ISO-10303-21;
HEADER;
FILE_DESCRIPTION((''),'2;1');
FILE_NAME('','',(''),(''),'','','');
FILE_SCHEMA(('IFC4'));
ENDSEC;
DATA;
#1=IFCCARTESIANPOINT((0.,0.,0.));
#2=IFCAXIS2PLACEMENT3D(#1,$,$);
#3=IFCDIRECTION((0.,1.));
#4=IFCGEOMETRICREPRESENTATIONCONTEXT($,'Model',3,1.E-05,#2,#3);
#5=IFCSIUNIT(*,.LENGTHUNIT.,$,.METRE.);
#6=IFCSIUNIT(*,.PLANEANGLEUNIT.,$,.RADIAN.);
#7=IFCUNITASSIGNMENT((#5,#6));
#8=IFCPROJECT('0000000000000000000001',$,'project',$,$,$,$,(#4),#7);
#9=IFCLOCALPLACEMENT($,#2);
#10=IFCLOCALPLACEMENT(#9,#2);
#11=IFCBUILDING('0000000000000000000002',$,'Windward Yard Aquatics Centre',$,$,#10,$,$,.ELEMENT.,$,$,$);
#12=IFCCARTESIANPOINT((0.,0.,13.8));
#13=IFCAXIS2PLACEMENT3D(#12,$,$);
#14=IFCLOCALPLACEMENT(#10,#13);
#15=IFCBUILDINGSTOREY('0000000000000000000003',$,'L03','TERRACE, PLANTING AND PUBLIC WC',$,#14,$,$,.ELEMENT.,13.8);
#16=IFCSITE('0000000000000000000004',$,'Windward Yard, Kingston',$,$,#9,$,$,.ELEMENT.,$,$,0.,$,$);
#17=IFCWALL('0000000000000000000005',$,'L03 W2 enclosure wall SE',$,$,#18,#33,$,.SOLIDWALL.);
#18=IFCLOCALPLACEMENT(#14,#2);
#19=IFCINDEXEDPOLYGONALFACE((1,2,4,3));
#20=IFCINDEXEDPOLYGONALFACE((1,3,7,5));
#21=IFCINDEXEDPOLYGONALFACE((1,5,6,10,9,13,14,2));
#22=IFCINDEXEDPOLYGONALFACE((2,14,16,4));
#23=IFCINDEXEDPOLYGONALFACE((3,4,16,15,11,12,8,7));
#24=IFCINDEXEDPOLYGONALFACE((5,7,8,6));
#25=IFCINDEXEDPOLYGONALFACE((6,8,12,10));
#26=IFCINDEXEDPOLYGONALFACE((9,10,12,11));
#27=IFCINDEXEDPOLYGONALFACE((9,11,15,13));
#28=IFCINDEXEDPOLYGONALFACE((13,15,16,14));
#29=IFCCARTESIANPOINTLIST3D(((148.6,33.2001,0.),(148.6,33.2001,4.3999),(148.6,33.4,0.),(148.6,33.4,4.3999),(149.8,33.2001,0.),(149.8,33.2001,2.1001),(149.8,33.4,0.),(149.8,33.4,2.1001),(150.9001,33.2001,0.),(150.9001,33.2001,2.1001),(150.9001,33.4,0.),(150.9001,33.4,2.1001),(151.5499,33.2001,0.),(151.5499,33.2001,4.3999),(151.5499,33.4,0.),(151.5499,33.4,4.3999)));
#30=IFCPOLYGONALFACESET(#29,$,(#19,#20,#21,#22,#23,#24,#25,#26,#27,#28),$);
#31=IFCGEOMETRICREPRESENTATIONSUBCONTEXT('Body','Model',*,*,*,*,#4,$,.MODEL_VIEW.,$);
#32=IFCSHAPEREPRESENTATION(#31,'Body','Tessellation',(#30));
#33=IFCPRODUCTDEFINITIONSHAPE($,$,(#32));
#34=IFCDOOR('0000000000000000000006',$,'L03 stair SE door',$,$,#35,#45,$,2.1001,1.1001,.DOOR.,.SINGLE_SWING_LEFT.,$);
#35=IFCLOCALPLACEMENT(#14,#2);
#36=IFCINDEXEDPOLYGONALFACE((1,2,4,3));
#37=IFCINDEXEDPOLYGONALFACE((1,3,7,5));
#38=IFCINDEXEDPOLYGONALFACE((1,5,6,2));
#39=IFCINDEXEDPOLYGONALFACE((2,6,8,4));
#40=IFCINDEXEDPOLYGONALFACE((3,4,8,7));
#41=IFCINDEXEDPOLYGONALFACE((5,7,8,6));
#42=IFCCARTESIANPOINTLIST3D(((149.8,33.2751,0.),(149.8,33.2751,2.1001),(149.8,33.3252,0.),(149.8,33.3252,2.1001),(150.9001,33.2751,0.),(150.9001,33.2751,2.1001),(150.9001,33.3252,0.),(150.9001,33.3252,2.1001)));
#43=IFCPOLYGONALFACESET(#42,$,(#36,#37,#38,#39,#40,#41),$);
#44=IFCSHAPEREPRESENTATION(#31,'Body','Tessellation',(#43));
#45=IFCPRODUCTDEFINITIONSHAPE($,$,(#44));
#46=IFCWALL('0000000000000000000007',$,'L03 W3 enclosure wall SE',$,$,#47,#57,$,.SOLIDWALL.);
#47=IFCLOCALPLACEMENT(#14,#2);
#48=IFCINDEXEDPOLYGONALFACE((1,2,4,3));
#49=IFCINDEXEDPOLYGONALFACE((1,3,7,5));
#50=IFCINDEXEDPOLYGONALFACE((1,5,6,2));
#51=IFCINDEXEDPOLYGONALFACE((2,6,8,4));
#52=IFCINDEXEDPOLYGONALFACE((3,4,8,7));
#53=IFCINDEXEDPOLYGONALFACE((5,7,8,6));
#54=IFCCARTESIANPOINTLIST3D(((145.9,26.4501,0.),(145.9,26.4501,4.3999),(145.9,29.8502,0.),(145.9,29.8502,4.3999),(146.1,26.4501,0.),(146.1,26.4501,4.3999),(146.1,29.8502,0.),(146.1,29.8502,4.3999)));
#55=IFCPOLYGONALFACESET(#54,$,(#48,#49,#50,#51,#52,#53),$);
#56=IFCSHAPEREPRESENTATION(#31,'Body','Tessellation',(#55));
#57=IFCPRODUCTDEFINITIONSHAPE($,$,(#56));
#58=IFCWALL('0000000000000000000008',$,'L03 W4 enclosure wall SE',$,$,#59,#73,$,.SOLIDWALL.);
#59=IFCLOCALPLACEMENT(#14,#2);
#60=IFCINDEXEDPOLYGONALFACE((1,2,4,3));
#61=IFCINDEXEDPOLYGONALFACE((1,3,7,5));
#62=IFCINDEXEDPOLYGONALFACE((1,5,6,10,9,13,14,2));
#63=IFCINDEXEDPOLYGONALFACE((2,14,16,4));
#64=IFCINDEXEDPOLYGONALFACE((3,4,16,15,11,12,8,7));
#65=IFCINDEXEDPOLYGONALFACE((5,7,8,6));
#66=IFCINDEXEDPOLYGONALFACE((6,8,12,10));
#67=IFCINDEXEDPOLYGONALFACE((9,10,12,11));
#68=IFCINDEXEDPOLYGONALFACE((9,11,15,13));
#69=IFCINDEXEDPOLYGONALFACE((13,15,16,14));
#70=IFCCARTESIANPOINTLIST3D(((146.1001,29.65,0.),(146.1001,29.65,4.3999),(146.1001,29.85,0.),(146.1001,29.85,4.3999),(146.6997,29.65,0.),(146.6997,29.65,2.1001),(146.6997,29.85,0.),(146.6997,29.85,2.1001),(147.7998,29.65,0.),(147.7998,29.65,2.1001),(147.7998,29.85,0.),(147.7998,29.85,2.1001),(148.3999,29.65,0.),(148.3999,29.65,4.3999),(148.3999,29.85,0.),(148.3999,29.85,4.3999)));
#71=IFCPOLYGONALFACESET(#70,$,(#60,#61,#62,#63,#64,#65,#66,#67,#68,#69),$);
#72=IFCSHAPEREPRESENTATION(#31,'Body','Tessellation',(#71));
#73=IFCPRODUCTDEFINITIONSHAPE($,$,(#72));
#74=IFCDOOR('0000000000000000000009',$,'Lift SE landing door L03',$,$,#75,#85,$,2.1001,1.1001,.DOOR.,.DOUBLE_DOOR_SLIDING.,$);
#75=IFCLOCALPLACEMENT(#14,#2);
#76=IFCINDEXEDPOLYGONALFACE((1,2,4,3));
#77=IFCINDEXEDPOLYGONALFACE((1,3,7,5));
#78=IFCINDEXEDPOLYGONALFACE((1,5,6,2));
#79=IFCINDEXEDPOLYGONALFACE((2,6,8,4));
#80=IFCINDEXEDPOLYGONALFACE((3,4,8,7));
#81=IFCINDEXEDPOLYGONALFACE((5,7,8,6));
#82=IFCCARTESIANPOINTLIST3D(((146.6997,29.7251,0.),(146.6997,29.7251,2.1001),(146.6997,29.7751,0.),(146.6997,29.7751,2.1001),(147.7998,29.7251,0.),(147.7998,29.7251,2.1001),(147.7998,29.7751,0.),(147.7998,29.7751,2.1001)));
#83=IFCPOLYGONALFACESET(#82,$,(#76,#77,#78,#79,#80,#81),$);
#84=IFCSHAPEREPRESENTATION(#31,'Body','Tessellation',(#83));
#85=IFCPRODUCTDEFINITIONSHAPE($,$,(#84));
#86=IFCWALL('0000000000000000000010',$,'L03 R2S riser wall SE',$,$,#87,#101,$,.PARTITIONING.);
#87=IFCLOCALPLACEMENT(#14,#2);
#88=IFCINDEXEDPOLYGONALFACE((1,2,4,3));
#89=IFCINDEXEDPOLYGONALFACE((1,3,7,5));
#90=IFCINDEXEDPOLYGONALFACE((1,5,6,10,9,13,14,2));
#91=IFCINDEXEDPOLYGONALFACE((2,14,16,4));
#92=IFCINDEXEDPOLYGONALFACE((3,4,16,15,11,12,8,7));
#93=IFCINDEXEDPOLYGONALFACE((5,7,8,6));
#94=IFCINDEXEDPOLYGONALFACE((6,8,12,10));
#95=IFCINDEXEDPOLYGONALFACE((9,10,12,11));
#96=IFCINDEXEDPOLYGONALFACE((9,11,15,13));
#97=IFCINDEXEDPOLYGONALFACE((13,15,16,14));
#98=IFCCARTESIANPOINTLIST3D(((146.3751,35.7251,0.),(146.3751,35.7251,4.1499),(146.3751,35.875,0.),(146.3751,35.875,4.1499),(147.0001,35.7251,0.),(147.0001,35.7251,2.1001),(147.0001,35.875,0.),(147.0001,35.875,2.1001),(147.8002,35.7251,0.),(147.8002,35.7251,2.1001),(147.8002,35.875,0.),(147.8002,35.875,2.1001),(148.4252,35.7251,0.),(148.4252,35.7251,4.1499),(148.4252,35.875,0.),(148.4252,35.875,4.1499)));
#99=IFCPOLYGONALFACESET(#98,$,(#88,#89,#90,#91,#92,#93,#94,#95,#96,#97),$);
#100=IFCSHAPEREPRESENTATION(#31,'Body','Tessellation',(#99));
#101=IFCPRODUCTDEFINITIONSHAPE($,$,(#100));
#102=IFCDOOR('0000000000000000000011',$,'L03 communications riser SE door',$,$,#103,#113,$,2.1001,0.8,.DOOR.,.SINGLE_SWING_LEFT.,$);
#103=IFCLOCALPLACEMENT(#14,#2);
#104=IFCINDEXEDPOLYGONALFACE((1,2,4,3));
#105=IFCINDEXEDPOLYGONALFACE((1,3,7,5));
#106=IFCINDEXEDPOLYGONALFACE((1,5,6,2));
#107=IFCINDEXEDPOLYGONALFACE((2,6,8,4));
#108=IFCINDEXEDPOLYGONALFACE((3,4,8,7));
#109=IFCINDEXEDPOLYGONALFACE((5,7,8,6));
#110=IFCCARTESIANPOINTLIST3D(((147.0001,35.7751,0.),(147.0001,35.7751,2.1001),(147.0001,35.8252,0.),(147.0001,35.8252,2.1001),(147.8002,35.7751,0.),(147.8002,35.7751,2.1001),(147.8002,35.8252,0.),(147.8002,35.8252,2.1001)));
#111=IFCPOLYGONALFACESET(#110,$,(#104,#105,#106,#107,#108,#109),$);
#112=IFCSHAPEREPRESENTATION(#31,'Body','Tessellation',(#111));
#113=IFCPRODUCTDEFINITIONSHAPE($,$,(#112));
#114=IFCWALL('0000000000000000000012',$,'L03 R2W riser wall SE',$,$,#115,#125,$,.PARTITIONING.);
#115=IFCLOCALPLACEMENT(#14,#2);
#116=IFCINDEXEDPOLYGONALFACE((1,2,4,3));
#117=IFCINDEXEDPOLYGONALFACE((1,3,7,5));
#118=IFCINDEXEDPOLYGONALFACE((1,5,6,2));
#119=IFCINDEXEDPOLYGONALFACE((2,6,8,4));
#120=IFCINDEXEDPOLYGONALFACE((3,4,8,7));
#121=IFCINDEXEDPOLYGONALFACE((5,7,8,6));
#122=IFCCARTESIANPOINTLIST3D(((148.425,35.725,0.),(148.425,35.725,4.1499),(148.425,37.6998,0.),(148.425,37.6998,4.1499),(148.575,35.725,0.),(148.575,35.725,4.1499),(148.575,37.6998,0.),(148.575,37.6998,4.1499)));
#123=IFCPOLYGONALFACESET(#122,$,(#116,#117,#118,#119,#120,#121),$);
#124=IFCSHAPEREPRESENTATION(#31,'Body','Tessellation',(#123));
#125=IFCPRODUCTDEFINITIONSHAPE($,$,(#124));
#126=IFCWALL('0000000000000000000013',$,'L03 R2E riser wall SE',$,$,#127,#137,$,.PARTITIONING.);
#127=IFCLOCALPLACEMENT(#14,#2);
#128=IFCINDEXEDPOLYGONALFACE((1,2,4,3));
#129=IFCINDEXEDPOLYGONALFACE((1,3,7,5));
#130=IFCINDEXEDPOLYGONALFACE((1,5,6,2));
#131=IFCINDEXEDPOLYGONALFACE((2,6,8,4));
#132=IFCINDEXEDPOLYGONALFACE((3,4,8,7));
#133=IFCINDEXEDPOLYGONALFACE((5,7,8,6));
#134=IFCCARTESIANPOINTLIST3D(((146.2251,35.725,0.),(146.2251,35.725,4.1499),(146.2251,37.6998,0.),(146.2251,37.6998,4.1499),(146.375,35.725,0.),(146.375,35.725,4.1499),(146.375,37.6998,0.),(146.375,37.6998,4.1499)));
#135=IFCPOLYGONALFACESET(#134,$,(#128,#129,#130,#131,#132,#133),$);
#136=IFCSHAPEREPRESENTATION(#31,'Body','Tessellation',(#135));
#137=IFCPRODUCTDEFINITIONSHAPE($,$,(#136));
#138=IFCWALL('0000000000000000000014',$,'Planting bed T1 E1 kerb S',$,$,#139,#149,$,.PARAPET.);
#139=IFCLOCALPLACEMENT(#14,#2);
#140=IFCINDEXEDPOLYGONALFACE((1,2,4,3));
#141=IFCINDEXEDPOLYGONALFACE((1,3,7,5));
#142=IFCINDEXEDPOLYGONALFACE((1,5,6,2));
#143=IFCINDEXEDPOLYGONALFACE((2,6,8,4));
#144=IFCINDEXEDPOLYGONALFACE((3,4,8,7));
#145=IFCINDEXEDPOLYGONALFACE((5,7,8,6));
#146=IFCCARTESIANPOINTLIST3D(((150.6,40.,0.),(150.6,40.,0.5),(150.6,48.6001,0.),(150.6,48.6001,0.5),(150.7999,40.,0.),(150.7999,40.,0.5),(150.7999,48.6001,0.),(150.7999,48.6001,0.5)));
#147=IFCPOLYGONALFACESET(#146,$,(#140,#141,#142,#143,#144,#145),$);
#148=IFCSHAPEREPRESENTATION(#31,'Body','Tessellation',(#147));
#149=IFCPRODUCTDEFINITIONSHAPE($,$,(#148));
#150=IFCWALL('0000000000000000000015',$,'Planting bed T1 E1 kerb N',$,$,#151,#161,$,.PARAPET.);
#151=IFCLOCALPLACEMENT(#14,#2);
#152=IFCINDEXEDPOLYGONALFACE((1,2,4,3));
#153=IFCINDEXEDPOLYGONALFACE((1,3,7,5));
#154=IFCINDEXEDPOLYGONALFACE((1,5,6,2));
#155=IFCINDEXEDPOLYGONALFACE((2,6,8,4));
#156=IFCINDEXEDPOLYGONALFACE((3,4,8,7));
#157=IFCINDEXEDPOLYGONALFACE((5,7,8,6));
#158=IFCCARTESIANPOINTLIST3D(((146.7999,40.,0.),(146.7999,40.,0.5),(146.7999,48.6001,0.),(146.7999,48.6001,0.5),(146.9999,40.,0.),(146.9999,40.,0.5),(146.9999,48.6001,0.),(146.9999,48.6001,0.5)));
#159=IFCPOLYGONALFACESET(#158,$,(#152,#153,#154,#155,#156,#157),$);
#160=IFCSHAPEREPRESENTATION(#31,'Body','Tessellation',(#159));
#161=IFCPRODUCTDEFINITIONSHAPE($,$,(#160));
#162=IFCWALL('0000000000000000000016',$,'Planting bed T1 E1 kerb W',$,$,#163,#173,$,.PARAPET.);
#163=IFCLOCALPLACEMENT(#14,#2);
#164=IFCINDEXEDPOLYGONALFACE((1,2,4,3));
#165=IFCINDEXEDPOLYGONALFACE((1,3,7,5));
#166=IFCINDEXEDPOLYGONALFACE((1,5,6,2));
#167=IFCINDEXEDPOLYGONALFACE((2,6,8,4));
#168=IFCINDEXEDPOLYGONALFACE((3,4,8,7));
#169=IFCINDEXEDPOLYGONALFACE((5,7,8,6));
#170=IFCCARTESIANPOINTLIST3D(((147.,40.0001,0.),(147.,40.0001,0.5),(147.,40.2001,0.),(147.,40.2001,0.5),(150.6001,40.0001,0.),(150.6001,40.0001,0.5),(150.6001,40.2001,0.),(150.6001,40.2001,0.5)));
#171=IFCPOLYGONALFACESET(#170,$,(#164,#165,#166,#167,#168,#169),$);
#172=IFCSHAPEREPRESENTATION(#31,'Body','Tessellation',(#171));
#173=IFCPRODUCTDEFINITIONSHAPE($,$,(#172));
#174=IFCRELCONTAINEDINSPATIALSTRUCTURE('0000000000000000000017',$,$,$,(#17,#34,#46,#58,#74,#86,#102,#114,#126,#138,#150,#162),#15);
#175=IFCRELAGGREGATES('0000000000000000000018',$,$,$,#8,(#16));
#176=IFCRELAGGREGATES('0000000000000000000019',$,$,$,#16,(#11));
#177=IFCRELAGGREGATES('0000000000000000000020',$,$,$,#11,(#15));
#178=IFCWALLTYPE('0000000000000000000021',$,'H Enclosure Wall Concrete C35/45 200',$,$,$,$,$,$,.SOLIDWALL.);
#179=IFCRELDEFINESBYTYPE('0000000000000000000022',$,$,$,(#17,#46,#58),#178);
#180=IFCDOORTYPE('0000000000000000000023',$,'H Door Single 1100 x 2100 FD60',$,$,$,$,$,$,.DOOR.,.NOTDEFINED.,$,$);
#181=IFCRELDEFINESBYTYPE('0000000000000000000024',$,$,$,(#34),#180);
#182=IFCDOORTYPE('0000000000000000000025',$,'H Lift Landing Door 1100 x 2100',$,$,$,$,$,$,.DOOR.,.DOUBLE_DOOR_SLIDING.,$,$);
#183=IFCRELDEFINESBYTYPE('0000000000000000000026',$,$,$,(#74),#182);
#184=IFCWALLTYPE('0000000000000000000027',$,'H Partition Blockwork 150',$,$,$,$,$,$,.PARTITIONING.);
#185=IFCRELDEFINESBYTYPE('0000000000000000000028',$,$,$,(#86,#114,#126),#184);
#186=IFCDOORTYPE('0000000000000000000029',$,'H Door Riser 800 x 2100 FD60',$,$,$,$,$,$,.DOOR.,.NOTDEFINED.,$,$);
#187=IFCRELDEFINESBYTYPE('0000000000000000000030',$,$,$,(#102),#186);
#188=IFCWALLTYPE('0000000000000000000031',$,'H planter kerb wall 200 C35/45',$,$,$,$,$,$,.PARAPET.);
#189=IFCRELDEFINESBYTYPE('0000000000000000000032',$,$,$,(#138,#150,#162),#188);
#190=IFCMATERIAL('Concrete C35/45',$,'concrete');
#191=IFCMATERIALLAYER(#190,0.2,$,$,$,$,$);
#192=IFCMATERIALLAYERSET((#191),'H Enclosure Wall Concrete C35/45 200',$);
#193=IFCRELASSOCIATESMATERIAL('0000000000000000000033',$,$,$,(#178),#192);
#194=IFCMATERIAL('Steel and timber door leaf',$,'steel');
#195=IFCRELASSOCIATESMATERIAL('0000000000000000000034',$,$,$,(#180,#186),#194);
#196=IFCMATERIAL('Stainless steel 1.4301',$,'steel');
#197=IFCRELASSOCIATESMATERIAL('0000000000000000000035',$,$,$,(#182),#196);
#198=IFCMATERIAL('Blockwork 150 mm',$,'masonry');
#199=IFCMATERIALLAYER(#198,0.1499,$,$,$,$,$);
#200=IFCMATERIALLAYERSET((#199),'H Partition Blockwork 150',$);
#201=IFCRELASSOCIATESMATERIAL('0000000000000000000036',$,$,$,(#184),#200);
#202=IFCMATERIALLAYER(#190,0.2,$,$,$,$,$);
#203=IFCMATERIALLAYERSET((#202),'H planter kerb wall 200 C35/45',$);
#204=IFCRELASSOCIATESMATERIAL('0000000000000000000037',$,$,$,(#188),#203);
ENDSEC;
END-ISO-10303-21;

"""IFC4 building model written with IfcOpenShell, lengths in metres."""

from ifc_helpers import new_model, si_unit, direction, frame, frame_2d, origin, place, context, subcontext, project, spatial, rectangle, extrude, material, layer, layer_set, type_object, element, fill, save


model = new_model("IFC4")

# Units and contexts
model_context = context("Model", 3, precision=1e-05, world=origin(), true_north=direction((0.0, 1.0)))
body_context = subcontext(model_context, "Body", "Model", "MODEL_VIEW")
ifc_project = project(units=[si_unit("LENGTHUNIT", "METRE"), si_unit("PLANEANGLEUNIT", "RADIAN")], contexts=[model_context])

# Site, building, storey
site_placement = place(None, origin())
site = spatial("IfcSite", under=ifc_project, at=site_placement, Name="Windward Yard, Kingston", CompositionType="ELEMENT", RefElevation=0.0)
building_placement = place(site_placement, origin())
building = spatial("IfcBuilding", under=site, at=building_placement, Name="Windward Yard Aquatics Centre", CompositionType="ELEMENT")
storey_placement = place(building_placement, frame((0.0, 0.0, 13.8)))
storey = spatial("IfcBuildingStorey", under=building, at=storey_placement, Name="L03", Description="TERRACE, PLANTING AND PUBLIC WC", CompositionType="ELEMENT", Elevation=13.8)

# Shared definitions
ifc_material_1 = material(Name="Concrete C35/45", Category="concrete")
ifc_layer_1 = layer(ifc_material_1, 0.2)
ifc_layer_set_1 = layer_set([ifc_layer_1], Name="H Enclosure Wall Concrete C35/45 200")
wall_type_1 = type_object("IfcWallType", Name="H Enclosure Wall Concrete C35/45 200", PredefinedType="SOLIDWALL", material=ifc_layer_set_1)

# Wall, opening, door
wall_1_placement = place(storey_placement, frame((151.55, 33.3, 0.0), z_axis=(0.0, 0.0, 1.0), x_axis=(-1.0, 0.0, 0.0)))
wall_1 = element("IfcWall", 1, at=wall_1_placement, inside=storey, type_object=wall_type_1, Name="L03 W2 enclosure wall SE", PredefinedType="SOLIDWALL", context=body_context, shape_type="SweptSolid", body=[
    extrude(rectangle(XDim=2.95, YDim=0.2, at=frame_2d((1.4751, 0.0))), origin(), (0.0, 0.0, 1.0), 4.3999),
])
opening_1_placement = place(wall_1_placement, frame((0.6499, 0.0, 0.0)))
opening_1 = element("IfcOpeningElement", 2, at=opening_1_placement, cuts=wall_1, PredefinedType="OPENING", context=body_context, shape_type="SweptSolid", body=[
    extrude(rectangle(XDim=1.1001, YDim=2.1001, at=frame_2d((0.55, 1.05))), frame((0.0, 0.1099, 0.0), z_axis=(0.0, -1.0, 0.0), x_axis=(1.0, 0.0, 0.0)), (0.0, 0.0, 1.0), 0.22),
])
ifc_material_2 = material(Name="Steel and timber door leaf", Category="steel")
door_type_1 = type_object("IfcDoorType", Name="H Door Single 1100 x 2100 FD60", OperationType="NOTDEFINED", PredefinedType="DOOR", material=ifc_material_2)
door_1_placement = place(opening_1_placement, origin())
door_1 = element("IfcDoor", 3, at=door_1_placement, inside=storey, type_object=door_type_1, Name="L03 stair SE door", OperationType="SINGLE_SWING_LEFT", OverallHeight=2.1001, OverallWidth=1.1001, PredefinedType="DOOR", context=body_context, shape_type="SweptSolid", body=[
    extrude(rectangle(XDim=1.1001, YDim=2.1001, at=frame_2d((0.55, 1.05))), frame((0.0, 0.0249, 0.0), z_axis=(0.0, -1.0, 0.0), x_axis=(1.0, 0.0, 0.0)), (0.0, 0.0, 1.0), 0.05),
])
fill(opening_1, door_1)

# Wall
wall_2_placement = place(storey_placement, frame((146.0, 26.45, 0.0), z_axis=(0.0, 0.0, 1.0), x_axis=(0.0, 1.0, 0.0)))
element("IfcWall", 4, at=wall_2_placement, inside=storey, type_object=wall_type_1, Name="L03 W3 enclosure wall SE", PredefinedType="SOLIDWALL", context=body_context, shape_type="SweptSolid", body=[
    extrude(rectangle(XDim=3.4001, YDim=0.2, at=frame_2d((1.7002, 0.0))), origin(), (0.0, 0.0, 1.0), 4.3999),
])

# Walls, openings, doors
wall_3_placement = place(storey_placement, frame((148.3999, 29.75, 0.0), z_axis=(0.0, 0.0, 1.0), x_axis=(-1.0, 0.0, 0.0)))
wall_3 = element("IfcWall", 5, at=wall_3_placement, inside=storey, type_object=wall_type_1, Name="L03 W4 enclosure wall SE", PredefinedType="SOLIDWALL", context=body_context, shape_type="SweptSolid", body=[
    extrude(rectangle(XDim=2.2998, YDim=0.2, at=frame_2d((1.1499, 0.0))), origin(), (0.0, 0.0, 1.0), 4.3999),
])
opening_2_placement = place(wall_3_placement, frame((0.6001, 0.0, 0.0)))
opening_2 = element("IfcOpeningElement", 6, at=opening_2_placement, cuts=wall_3, PredefinedType="OPENING", context=body_context, shape_type="SweptSolid", body=[
    extrude(rectangle(XDim=1.1001, YDim=2.1001, at=frame_2d((0.55, 1.05))), frame((0.0, 0.1099, 0.0), z_axis=(0.0, -1.0, 0.0), x_axis=(1.0, 0.0, 0.0)), (0.0, 0.0, 1.0), 0.22),
])
ifc_material_3 = material(Name="Stainless steel 1.4301", Category="steel")
door_type_2 = type_object("IfcDoorType", Name="H Lift Landing Door 1100 x 2100", OperationType="DOUBLE_DOOR_SLIDING", PredefinedType="DOOR", material=ifc_material_3)
door_2_placement = place(opening_2_placement, origin())
door_2 = element("IfcDoor", 7, at=door_2_placement, inside=storey, type_object=door_type_2, Name="Lift SE landing door L03", OperationType="DOUBLE_DOOR_SLIDING", OverallHeight=2.1001, OverallWidth=1.1001, PredefinedType="DOOR", context=body_context, shape_type="SweptSolid", body=[
    extrude(rectangle(XDim=1.1001, YDim=2.1001, at=frame_2d((0.55, 1.05))), frame((0.0, 0.0249, 0.0), z_axis=(0.0, -1.0, 0.0), x_axis=(1.0, 0.0, 0.0)), (0.0, 0.0, 1.0), 0.05),
])
fill(opening_2, door_2)
ifc_material_4 = material(Name="Blockwork 150 mm", Category="masonry")
ifc_layer_2 = layer(ifc_material_4, 0.1499)
ifc_layer_set_2 = layer_set([ifc_layer_2], Name="H Partition Blockwork 150")
wall_type_2 = type_object("IfcWallType", Name="H Partition Blockwork 150", PredefinedType="PARTITIONING", material=ifc_layer_set_2)
wall_4_placement = place(storey_placement, frame((148.425, 35.8, 0.0), z_axis=(0.0, 0.0, 1.0), x_axis=(-1.0, 0.0, 0.0)))
wall_4 = element("IfcWall", 8, at=wall_4_placement, inside=storey, type_object=wall_type_2, Name="L03 R2S riser wall SE", PredefinedType="PARTITIONING", context=body_context, shape_type="SweptSolid", body=[
    extrude(rectangle(XDim=2.05, YDim=0.1499, at=frame_2d((1.0249, 0.0))), origin(), (0.0, 0.0, 1.0), 4.1499),
])
opening_3_placement = place(wall_4_placement, frame((0.625, 0.0, 0.0)))
opening_3 = element("IfcOpeningElement", 9, at=opening_3_placement, cuts=wall_4, PredefinedType="OPENING", context=body_context, shape_type="SweptSolid", body=[
    extrude(rectangle(XDim=0.8, YDim=2.1001, at=frame_2d((0.3999, 1.05))), frame((0.0, 0.085, 0.0), z_axis=(0.0, -1.0, 0.0), x_axis=(1.0, 0.0, 0.0)), (0.0, 0.0, 1.0), 0.1699),
])
door_type_3 = type_object("IfcDoorType", Name="H Door Riser 800 x 2100 FD60", OperationType="NOTDEFINED", PredefinedType="DOOR", material=ifc_material_2)
door_3_placement = place(opening_3_placement, origin())
door_3 = element("IfcDoor", 10, at=door_3_placement, inside=storey, type_object=door_type_3, Name="L03 communications riser SE door", OperationType="SINGLE_SWING_LEFT", OverallHeight=2.1001, OverallWidth=0.8, PredefinedType="DOOR", context=body_context, shape_type="SweptSolid", body=[
    extrude(rectangle(XDim=0.8, YDim=2.1001, at=frame_2d((0.3999, 1.05))), frame((0.0, 0.0249, 0.0), z_axis=(0.0, -1.0, 0.0), x_axis=(1.0, 0.0, 0.0)), (0.0, 0.0, 1.0), 0.05),
])
fill(opening_3, door_3)

# Walls
for number, where, z_axis, x_axis, name in (
    (11, (148.5, 35.7251, 0.0), (0.0, 0.0, 1.0), (0.0, 1.0, 0.0), "L03 R2W riser wall SE"),
    (12, (146.3, 35.7251, 0.0), (0.0, 0.0, 1.0), (0.0, 1.0, 0.0), "L03 R2E riser wall SE"),
):
    element("IfcWall", number, at=place(storey_placement, frame(where, z_axis=z_axis, x_axis=x_axis)), inside=storey, type_object=wall_type_2, Name=name, PredefinedType="PARTITIONING", context=body_context, shape_type="SweptSolid", body=[
        extrude(rectangle(XDim=1.9749, YDim=0.1499, at=frame_2d((0.9873, 0.0))), origin(), (0.0, 0.0, 1.0), 4.1499),
    ])
ifc_layer_3 = layer(ifc_material_1, 0.2)
ifc_layer_set_3 = layer_set([ifc_layer_3], Name="H planter kerb wall 200 C35/45")
wall_type_3 = type_object("IfcWallType", Name="H planter kerb wall 200 C35/45", PredefinedType="PARAPET", material=ifc_layer_set_3)
for number, where, z_axis, x_axis, name in (
    (13, (150.7, 40.0, 0.0), (0.0, 0.0, 1.0), (0.0, 1.0, 0.0), "Planting bed T1 E1 kerb S"),
    (14, (146.8999, 40.0, 0.0), (0.0, 0.0, 1.0), (0.0, 1.0, 0.0), "Planting bed T1 E1 kerb N"),
):
    element("IfcWall", number, at=place(storey_placement, frame(where, z_axis=z_axis, x_axis=x_axis)), inside=storey, type_object=wall_type_3, Name=name, PredefinedType="PARAPET", context=body_context, shape_type="SweptSolid", body=[
        extrude(rectangle(XDim=8.6001, YDim=0.2, at=frame_2d((4.3, 0.0))), origin(), (0.0, 0.0, 1.0), 0.5),
    ])
wall_5_placement = place(storey_placement, frame((150.6001, 40.1001, 0.0), z_axis=(0.0, 0.0, 1.0), x_axis=(-1.0, 0.0, 0.0)))
element("IfcWall", 15, at=wall_5_placement, inside=storey, type_object=wall_type_3, Name="Planting bed T1 E1 kerb W", PredefinedType="PARAPET", context=body_context, shape_type="SweptSolid", body=[
    extrude(rectangle(XDim=3.6001, YDim=0.2, at=frame_2d((1.8, 0.0))), origin(), (0.0, 0.0, 1.0), 0.5),
])

save(model, "model.ifc")
